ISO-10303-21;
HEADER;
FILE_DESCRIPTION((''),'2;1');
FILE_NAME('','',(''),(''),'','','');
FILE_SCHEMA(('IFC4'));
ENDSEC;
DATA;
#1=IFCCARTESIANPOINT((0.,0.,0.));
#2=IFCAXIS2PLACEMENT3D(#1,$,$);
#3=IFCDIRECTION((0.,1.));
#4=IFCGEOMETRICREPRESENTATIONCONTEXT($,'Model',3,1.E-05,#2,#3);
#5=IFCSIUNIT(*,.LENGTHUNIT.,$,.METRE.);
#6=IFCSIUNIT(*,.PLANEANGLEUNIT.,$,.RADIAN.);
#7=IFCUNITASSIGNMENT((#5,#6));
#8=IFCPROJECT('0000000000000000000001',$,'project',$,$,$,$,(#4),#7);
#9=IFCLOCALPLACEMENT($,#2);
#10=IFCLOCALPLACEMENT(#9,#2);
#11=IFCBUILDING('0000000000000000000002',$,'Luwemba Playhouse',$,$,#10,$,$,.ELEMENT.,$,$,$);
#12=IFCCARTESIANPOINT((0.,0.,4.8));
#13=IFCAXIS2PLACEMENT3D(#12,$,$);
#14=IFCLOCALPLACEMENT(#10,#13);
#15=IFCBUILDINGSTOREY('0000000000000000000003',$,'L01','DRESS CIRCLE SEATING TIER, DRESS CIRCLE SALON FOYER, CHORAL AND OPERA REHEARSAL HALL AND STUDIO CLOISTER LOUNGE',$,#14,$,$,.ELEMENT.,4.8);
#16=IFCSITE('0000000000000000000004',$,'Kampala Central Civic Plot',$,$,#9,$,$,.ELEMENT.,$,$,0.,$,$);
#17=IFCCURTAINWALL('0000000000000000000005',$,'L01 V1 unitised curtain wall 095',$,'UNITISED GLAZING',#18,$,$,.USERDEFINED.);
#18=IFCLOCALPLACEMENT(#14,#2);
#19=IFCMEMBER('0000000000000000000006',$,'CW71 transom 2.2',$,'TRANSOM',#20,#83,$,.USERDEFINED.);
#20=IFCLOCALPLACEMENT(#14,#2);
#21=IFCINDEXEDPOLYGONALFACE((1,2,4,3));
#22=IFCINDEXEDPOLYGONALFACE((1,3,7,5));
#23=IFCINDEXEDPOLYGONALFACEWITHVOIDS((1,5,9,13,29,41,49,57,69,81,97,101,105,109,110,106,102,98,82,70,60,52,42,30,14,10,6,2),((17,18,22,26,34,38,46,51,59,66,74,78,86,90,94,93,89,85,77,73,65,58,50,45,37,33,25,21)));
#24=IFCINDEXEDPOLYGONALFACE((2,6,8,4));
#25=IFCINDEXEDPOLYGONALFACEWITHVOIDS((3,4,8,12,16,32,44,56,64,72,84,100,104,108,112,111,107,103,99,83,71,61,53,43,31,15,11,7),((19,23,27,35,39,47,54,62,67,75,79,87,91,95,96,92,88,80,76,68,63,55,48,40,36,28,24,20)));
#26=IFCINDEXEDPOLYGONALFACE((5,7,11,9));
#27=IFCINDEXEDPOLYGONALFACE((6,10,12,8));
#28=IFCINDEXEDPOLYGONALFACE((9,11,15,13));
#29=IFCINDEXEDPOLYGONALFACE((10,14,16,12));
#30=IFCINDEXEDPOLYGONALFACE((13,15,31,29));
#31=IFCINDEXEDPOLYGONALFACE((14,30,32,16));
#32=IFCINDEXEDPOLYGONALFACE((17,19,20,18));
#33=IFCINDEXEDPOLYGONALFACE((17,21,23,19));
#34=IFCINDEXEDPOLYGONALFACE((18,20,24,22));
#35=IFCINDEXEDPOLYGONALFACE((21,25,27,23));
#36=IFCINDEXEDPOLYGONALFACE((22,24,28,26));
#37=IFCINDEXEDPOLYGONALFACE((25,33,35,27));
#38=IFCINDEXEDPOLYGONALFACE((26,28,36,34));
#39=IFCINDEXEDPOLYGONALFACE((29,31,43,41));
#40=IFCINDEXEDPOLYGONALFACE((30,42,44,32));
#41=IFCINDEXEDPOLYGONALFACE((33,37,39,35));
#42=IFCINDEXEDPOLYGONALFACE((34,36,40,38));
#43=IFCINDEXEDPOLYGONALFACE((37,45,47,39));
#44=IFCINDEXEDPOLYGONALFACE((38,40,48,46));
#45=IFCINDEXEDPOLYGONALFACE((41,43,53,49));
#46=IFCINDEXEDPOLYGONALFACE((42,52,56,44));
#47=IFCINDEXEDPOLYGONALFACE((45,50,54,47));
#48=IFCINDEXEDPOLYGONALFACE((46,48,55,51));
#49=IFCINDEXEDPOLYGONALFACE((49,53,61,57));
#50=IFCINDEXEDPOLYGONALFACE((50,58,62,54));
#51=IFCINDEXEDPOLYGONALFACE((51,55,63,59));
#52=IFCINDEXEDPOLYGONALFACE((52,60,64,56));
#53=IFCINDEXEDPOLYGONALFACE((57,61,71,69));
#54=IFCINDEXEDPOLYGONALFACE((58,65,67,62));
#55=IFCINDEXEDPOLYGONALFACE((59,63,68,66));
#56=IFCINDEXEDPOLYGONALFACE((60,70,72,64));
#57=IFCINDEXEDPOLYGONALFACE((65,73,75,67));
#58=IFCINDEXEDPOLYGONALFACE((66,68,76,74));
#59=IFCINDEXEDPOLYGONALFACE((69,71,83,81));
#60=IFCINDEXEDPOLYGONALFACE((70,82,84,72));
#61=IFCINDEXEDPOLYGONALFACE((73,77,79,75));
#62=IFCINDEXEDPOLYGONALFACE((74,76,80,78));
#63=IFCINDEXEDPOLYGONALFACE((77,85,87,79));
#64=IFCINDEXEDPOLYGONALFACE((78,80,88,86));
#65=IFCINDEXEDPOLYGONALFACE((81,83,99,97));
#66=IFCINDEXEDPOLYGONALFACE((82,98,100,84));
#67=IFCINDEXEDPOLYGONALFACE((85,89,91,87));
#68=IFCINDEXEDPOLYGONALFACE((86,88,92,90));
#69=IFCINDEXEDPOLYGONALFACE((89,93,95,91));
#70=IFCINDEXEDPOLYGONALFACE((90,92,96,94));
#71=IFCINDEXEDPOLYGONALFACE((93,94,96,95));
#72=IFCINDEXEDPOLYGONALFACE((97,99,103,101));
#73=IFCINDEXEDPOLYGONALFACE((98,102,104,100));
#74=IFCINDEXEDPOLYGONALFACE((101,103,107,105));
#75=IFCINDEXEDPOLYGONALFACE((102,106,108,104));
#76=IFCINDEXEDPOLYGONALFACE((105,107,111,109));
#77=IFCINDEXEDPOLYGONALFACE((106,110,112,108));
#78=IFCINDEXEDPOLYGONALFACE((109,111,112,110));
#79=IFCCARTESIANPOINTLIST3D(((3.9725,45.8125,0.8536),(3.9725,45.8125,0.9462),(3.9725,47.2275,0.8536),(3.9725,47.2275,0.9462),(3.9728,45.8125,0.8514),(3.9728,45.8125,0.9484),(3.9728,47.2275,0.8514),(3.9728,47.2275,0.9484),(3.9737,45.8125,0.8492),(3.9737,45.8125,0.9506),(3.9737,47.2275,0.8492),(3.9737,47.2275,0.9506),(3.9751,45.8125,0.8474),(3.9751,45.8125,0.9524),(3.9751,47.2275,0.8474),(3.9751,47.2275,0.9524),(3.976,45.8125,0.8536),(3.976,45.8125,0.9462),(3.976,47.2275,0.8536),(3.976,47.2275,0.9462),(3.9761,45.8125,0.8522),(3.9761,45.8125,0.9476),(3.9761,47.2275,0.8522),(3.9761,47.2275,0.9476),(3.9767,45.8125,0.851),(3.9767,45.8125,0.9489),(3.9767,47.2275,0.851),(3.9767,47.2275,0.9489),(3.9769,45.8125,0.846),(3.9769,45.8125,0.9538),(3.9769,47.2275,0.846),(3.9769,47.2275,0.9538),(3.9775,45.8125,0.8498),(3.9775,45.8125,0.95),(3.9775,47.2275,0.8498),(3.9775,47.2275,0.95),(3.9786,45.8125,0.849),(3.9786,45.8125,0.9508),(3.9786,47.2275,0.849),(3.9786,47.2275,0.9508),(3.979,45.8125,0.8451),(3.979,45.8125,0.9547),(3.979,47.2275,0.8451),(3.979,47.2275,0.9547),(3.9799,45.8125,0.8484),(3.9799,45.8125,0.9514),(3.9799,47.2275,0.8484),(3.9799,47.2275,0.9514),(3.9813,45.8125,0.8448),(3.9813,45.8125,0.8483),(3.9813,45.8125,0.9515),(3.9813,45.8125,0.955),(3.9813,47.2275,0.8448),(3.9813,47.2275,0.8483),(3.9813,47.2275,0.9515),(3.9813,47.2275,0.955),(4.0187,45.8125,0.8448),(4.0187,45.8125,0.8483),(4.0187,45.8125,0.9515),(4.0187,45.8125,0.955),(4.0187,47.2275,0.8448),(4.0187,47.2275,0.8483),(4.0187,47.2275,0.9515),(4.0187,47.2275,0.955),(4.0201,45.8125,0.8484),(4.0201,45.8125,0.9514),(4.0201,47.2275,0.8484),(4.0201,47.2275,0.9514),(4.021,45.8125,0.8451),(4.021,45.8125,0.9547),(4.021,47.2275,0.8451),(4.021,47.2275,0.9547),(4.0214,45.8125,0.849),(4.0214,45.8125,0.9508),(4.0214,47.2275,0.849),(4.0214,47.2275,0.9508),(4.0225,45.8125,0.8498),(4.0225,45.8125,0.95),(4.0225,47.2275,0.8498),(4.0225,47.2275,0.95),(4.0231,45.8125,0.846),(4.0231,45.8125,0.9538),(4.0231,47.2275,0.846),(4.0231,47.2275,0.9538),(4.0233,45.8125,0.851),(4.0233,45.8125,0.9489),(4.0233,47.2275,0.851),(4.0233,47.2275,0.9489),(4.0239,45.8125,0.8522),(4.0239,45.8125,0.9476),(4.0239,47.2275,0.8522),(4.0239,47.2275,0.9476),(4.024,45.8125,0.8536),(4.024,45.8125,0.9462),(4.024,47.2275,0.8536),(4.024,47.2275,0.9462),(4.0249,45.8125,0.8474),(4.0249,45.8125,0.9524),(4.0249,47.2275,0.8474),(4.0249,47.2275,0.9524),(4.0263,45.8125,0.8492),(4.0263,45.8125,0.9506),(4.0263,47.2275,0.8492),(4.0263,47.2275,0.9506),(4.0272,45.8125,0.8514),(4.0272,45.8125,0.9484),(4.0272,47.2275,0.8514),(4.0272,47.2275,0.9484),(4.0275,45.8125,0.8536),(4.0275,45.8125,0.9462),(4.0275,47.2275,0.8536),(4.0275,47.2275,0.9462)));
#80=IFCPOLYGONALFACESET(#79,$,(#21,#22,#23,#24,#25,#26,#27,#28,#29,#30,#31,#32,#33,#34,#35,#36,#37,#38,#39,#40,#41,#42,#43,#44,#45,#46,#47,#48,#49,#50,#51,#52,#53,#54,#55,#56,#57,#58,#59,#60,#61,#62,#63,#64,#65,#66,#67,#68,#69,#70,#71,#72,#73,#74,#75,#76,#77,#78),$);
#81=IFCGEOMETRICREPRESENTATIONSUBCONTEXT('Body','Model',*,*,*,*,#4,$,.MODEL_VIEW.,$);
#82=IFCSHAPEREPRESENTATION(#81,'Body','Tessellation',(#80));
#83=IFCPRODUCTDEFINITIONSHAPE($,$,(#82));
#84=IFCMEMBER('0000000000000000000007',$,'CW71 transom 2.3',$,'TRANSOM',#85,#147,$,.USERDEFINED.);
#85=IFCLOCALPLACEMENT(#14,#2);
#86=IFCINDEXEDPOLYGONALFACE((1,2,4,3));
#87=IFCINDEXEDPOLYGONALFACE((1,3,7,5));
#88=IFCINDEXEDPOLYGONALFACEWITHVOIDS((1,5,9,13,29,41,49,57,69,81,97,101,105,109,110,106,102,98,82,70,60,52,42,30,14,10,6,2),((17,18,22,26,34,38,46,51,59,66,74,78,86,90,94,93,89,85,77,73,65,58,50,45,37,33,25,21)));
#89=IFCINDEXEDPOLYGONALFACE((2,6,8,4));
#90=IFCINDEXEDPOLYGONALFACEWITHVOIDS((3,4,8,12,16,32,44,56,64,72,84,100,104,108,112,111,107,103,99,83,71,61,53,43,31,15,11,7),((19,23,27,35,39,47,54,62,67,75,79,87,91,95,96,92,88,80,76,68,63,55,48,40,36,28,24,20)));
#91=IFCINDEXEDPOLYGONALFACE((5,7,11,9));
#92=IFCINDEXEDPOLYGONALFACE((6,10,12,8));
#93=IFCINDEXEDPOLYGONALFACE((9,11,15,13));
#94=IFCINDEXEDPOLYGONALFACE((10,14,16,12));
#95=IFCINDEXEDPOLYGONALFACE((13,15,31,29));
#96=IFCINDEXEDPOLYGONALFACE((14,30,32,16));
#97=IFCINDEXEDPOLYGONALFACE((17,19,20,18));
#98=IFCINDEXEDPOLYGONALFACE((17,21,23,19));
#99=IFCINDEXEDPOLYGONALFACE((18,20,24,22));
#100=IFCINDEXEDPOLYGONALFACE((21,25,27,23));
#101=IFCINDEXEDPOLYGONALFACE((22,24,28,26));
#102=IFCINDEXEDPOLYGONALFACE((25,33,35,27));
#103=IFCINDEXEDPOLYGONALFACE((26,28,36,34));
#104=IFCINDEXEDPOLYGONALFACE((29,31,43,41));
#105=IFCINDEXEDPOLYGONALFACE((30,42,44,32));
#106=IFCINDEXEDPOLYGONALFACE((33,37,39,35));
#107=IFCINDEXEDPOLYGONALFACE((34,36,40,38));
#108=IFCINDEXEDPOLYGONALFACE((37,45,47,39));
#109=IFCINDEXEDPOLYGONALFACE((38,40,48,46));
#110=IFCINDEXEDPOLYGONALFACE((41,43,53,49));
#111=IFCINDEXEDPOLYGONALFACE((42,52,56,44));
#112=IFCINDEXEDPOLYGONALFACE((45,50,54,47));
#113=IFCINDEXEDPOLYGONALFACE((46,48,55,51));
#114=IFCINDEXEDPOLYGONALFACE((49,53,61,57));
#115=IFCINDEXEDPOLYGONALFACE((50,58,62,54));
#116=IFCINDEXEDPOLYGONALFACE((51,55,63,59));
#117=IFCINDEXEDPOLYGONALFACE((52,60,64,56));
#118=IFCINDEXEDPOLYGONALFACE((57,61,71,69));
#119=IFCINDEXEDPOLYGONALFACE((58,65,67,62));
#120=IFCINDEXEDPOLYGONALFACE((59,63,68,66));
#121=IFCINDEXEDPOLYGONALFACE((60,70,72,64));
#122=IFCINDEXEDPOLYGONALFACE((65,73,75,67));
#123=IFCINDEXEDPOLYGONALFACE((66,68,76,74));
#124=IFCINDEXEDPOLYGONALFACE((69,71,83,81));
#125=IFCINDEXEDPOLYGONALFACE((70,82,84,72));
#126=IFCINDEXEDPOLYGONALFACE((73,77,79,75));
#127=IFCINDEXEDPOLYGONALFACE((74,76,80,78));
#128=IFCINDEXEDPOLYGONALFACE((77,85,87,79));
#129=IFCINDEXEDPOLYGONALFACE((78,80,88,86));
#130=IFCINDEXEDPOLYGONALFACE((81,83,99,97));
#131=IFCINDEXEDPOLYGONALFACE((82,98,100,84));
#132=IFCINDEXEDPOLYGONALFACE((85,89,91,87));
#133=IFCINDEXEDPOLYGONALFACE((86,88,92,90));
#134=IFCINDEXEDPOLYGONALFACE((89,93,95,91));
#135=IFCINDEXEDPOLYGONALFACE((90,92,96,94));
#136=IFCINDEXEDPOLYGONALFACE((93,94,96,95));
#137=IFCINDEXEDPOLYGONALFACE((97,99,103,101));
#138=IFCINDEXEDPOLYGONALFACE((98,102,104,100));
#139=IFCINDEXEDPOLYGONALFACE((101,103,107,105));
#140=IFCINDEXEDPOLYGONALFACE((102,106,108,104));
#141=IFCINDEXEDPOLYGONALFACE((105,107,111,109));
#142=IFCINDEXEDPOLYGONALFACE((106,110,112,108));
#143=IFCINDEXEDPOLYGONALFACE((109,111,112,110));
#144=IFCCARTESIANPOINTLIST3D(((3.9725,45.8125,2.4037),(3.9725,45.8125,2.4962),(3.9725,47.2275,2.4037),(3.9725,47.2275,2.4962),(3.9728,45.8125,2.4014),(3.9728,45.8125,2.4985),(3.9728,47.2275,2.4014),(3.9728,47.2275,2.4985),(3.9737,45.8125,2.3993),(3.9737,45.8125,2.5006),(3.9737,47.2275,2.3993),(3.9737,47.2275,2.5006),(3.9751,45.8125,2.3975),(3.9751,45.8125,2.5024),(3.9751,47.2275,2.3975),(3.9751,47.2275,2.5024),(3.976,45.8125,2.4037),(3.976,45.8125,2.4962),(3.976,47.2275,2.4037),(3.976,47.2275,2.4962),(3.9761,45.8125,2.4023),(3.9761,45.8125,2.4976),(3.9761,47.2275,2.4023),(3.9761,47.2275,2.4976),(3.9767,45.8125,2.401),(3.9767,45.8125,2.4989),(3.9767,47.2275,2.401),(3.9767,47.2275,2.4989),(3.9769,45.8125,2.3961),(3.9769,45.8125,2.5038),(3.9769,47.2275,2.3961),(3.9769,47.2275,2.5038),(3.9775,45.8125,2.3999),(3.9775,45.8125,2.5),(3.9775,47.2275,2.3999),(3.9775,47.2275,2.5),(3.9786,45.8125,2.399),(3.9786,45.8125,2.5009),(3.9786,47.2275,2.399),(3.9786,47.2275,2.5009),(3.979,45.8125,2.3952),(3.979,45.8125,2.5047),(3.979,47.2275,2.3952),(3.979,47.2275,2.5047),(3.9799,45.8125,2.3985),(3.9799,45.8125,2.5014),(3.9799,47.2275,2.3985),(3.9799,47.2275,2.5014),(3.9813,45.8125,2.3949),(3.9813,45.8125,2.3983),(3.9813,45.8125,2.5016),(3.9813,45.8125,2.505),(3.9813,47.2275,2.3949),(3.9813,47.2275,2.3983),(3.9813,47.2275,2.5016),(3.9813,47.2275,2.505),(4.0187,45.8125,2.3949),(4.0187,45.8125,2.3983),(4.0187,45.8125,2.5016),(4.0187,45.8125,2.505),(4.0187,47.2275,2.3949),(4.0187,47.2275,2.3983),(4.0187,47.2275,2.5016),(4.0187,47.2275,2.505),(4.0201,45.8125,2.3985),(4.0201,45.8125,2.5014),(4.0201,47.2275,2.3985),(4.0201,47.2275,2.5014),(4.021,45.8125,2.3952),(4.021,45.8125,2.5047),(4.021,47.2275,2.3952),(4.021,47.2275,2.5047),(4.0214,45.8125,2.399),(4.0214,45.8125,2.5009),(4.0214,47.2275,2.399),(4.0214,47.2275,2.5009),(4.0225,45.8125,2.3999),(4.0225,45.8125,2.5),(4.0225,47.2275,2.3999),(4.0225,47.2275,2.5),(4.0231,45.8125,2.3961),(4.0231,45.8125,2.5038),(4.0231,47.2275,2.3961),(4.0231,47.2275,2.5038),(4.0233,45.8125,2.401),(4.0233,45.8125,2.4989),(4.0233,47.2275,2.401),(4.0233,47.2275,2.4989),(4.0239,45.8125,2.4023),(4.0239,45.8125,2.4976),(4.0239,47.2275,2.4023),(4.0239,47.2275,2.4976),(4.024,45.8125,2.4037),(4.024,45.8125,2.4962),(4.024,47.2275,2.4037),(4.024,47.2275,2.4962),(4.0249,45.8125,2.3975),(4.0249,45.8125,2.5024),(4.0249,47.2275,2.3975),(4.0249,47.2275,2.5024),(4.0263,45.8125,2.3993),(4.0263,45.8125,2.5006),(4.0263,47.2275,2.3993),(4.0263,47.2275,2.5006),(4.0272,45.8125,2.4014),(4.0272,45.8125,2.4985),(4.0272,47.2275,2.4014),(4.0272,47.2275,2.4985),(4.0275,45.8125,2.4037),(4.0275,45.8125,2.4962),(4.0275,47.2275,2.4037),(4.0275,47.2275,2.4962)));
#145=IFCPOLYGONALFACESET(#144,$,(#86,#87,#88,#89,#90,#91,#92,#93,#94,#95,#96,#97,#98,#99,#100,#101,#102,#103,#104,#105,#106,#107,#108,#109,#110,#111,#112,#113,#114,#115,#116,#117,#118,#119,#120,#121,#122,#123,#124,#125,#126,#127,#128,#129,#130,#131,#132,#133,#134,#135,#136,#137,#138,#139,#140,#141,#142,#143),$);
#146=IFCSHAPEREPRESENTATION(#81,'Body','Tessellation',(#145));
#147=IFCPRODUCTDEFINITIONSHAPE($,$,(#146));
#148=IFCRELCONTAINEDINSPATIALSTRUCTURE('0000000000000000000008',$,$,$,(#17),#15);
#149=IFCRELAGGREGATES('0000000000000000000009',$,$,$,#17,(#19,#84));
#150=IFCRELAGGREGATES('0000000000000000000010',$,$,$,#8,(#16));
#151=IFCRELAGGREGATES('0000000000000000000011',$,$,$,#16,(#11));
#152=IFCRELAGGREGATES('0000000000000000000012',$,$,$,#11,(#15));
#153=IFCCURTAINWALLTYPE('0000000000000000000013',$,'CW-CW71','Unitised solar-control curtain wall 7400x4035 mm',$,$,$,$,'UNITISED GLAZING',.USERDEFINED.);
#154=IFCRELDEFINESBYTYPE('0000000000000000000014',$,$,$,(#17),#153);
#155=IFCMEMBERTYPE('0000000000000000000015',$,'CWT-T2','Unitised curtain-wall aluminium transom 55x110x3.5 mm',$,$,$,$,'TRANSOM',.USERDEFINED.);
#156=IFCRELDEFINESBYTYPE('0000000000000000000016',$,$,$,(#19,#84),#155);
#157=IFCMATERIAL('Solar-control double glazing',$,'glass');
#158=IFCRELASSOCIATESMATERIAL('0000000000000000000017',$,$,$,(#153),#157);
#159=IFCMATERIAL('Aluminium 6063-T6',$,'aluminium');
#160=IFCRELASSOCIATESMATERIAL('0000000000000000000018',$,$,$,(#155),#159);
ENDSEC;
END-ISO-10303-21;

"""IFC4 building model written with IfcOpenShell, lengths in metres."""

from ifc_helpers import new_model, si_unit, direction, frame, origin, origin_2d, place, context, subcontext, project, spatial, hollow_rectangle, extrude, material, material_profile, profile_set, type_object, element, aggregate, save


model = new_model("IFC4")

# Units and contexts
model_context = context("Model", 3, precision=1e-05, world=origin(), true_north=direction((0.0, 1.0)))
body_context = subcontext(model_context, "Body", "Model", "MODEL_VIEW")
ifc_project = project(units=[si_unit("LENGTHUNIT", "METRE"), si_unit("PLANEANGLEUNIT", "RADIAN")], contexts=[model_context])

# Site, building, storey
site_placement = place(None, origin())
site = spatial("IfcSite", under=ifc_project, at=site_placement, Name="Kampala Central Civic Plot", CompositionType="ELEMENT", RefElevation=0.0)
building_placement = place(site_placement, origin())
building = spatial("IfcBuilding", under=site, at=building_placement, Name="Luwemba Playhouse", CompositionType="ELEMENT")
storey_placement = place(building_placement, frame((0.0, 0.0, 4.8)))
storey = spatial("IfcBuildingStorey", under=building, at=storey_placement, Name="L01", Description="DRESS CIRCLE SEATING TIER, DRESS CIRCLE SALON FOYER, CHORAL AND OPERA REHEARSAL HALL AND STUDIO CLOISTER LOUNGE", CompositionType="ELEMENT", Elevation=4.8)

# Curtain wall, members
ifc_material_1 = material(Name="Solar-control double glazing", Category="glass")
curtain_wall_type = type_object("IfcCurtainWallType", Name="CW-CW71", Description="Unitised solar-control curtain wall 7400x4035 mm", ElementType="UNITISED GLAZING", PredefinedType="USERDEFINED", material=ifc_material_1)
curtain_wall_placement = place(storey_placement, origin())
curtain_wall = element("IfcCurtainWall", 1, at=curtain_wall_placement, inside=storey, type_object=curtain_wall_type, Name="L01 V1 unitised curtain wall 095", ObjectType="UNITISED GLAZING", PredefinedType="USERDEFINED")
ifc_material_2 = material(Name="Aluminium 6063-T6", Category="aluminium")
ifc_material_profile_1 = material_profile(ifc_material_2, hollow_rectangle(XDim=0.0549, YDim=0.1101, WallThickness=0.0034, InnerFilletRadius=0.0054, OuterFilletRadius=0.0088, at=origin_2d()))
ifc_profile_set_1 = profile_set([ifc_material_profile_1], Name="Aluminium 6063-T6")
member_type_1 = type_object("IfcMemberType", Name="CWT-T2", Description="Unitised curtain-wall aluminium transom 55x110x3.5 mm", ElementType="TRANSOM", PredefinedType="USERDEFINED", material=ifc_profile_set_1)
member_1_placement = place(storey_placement, frame((4.0, 45.8125, 0.8999), z_axis=(0.0, 1.0, 0.0), x_axis=(-1.0, 0.0, 0.0)))
member_1 = element("IfcMember", 2, at=member_1_placement, type_object=member_type_1, Name="CW71 transom 2.2", ObjectType="TRANSOM", PredefinedType="USERDEFINED", context=body_context, shape_type="SweptSolid", body=[
    extrude(hollow_rectangle(XDim=0.0549, YDim=0.1101, WallThickness=0.0034, InnerFilletRadius=0.0054, OuterFilletRadius=0.0088, at=origin_2d()), origin(), (0.0, 0.0, 1.0), 1.415),
])
member_2_placement = place(storey_placement, frame((4.0, 45.8125, 2.45), z_axis=(0.0, 1.0, 0.0), x_axis=(-1.0, 0.0, 0.0)))
member_2 = element("IfcMember", 3, at=member_2_placement, type_object=member_type_1, Name="CW71 transom 2.3", ObjectType="TRANSOM", PredefinedType="USERDEFINED", context=body_context, shape_type="SweptSolid", body=[
    extrude(hollow_rectangle(XDim=0.0549, YDim=0.1101, WallThickness=0.0034, InnerFilletRadius=0.0054, OuterFilletRadius=0.0088, at=origin_2d()), origin(), (0.0, 0.0, 1.0), 1.415),
])
aggregate(curtain_wall, [member_1, member_2])

save(model, "model.ifc")
